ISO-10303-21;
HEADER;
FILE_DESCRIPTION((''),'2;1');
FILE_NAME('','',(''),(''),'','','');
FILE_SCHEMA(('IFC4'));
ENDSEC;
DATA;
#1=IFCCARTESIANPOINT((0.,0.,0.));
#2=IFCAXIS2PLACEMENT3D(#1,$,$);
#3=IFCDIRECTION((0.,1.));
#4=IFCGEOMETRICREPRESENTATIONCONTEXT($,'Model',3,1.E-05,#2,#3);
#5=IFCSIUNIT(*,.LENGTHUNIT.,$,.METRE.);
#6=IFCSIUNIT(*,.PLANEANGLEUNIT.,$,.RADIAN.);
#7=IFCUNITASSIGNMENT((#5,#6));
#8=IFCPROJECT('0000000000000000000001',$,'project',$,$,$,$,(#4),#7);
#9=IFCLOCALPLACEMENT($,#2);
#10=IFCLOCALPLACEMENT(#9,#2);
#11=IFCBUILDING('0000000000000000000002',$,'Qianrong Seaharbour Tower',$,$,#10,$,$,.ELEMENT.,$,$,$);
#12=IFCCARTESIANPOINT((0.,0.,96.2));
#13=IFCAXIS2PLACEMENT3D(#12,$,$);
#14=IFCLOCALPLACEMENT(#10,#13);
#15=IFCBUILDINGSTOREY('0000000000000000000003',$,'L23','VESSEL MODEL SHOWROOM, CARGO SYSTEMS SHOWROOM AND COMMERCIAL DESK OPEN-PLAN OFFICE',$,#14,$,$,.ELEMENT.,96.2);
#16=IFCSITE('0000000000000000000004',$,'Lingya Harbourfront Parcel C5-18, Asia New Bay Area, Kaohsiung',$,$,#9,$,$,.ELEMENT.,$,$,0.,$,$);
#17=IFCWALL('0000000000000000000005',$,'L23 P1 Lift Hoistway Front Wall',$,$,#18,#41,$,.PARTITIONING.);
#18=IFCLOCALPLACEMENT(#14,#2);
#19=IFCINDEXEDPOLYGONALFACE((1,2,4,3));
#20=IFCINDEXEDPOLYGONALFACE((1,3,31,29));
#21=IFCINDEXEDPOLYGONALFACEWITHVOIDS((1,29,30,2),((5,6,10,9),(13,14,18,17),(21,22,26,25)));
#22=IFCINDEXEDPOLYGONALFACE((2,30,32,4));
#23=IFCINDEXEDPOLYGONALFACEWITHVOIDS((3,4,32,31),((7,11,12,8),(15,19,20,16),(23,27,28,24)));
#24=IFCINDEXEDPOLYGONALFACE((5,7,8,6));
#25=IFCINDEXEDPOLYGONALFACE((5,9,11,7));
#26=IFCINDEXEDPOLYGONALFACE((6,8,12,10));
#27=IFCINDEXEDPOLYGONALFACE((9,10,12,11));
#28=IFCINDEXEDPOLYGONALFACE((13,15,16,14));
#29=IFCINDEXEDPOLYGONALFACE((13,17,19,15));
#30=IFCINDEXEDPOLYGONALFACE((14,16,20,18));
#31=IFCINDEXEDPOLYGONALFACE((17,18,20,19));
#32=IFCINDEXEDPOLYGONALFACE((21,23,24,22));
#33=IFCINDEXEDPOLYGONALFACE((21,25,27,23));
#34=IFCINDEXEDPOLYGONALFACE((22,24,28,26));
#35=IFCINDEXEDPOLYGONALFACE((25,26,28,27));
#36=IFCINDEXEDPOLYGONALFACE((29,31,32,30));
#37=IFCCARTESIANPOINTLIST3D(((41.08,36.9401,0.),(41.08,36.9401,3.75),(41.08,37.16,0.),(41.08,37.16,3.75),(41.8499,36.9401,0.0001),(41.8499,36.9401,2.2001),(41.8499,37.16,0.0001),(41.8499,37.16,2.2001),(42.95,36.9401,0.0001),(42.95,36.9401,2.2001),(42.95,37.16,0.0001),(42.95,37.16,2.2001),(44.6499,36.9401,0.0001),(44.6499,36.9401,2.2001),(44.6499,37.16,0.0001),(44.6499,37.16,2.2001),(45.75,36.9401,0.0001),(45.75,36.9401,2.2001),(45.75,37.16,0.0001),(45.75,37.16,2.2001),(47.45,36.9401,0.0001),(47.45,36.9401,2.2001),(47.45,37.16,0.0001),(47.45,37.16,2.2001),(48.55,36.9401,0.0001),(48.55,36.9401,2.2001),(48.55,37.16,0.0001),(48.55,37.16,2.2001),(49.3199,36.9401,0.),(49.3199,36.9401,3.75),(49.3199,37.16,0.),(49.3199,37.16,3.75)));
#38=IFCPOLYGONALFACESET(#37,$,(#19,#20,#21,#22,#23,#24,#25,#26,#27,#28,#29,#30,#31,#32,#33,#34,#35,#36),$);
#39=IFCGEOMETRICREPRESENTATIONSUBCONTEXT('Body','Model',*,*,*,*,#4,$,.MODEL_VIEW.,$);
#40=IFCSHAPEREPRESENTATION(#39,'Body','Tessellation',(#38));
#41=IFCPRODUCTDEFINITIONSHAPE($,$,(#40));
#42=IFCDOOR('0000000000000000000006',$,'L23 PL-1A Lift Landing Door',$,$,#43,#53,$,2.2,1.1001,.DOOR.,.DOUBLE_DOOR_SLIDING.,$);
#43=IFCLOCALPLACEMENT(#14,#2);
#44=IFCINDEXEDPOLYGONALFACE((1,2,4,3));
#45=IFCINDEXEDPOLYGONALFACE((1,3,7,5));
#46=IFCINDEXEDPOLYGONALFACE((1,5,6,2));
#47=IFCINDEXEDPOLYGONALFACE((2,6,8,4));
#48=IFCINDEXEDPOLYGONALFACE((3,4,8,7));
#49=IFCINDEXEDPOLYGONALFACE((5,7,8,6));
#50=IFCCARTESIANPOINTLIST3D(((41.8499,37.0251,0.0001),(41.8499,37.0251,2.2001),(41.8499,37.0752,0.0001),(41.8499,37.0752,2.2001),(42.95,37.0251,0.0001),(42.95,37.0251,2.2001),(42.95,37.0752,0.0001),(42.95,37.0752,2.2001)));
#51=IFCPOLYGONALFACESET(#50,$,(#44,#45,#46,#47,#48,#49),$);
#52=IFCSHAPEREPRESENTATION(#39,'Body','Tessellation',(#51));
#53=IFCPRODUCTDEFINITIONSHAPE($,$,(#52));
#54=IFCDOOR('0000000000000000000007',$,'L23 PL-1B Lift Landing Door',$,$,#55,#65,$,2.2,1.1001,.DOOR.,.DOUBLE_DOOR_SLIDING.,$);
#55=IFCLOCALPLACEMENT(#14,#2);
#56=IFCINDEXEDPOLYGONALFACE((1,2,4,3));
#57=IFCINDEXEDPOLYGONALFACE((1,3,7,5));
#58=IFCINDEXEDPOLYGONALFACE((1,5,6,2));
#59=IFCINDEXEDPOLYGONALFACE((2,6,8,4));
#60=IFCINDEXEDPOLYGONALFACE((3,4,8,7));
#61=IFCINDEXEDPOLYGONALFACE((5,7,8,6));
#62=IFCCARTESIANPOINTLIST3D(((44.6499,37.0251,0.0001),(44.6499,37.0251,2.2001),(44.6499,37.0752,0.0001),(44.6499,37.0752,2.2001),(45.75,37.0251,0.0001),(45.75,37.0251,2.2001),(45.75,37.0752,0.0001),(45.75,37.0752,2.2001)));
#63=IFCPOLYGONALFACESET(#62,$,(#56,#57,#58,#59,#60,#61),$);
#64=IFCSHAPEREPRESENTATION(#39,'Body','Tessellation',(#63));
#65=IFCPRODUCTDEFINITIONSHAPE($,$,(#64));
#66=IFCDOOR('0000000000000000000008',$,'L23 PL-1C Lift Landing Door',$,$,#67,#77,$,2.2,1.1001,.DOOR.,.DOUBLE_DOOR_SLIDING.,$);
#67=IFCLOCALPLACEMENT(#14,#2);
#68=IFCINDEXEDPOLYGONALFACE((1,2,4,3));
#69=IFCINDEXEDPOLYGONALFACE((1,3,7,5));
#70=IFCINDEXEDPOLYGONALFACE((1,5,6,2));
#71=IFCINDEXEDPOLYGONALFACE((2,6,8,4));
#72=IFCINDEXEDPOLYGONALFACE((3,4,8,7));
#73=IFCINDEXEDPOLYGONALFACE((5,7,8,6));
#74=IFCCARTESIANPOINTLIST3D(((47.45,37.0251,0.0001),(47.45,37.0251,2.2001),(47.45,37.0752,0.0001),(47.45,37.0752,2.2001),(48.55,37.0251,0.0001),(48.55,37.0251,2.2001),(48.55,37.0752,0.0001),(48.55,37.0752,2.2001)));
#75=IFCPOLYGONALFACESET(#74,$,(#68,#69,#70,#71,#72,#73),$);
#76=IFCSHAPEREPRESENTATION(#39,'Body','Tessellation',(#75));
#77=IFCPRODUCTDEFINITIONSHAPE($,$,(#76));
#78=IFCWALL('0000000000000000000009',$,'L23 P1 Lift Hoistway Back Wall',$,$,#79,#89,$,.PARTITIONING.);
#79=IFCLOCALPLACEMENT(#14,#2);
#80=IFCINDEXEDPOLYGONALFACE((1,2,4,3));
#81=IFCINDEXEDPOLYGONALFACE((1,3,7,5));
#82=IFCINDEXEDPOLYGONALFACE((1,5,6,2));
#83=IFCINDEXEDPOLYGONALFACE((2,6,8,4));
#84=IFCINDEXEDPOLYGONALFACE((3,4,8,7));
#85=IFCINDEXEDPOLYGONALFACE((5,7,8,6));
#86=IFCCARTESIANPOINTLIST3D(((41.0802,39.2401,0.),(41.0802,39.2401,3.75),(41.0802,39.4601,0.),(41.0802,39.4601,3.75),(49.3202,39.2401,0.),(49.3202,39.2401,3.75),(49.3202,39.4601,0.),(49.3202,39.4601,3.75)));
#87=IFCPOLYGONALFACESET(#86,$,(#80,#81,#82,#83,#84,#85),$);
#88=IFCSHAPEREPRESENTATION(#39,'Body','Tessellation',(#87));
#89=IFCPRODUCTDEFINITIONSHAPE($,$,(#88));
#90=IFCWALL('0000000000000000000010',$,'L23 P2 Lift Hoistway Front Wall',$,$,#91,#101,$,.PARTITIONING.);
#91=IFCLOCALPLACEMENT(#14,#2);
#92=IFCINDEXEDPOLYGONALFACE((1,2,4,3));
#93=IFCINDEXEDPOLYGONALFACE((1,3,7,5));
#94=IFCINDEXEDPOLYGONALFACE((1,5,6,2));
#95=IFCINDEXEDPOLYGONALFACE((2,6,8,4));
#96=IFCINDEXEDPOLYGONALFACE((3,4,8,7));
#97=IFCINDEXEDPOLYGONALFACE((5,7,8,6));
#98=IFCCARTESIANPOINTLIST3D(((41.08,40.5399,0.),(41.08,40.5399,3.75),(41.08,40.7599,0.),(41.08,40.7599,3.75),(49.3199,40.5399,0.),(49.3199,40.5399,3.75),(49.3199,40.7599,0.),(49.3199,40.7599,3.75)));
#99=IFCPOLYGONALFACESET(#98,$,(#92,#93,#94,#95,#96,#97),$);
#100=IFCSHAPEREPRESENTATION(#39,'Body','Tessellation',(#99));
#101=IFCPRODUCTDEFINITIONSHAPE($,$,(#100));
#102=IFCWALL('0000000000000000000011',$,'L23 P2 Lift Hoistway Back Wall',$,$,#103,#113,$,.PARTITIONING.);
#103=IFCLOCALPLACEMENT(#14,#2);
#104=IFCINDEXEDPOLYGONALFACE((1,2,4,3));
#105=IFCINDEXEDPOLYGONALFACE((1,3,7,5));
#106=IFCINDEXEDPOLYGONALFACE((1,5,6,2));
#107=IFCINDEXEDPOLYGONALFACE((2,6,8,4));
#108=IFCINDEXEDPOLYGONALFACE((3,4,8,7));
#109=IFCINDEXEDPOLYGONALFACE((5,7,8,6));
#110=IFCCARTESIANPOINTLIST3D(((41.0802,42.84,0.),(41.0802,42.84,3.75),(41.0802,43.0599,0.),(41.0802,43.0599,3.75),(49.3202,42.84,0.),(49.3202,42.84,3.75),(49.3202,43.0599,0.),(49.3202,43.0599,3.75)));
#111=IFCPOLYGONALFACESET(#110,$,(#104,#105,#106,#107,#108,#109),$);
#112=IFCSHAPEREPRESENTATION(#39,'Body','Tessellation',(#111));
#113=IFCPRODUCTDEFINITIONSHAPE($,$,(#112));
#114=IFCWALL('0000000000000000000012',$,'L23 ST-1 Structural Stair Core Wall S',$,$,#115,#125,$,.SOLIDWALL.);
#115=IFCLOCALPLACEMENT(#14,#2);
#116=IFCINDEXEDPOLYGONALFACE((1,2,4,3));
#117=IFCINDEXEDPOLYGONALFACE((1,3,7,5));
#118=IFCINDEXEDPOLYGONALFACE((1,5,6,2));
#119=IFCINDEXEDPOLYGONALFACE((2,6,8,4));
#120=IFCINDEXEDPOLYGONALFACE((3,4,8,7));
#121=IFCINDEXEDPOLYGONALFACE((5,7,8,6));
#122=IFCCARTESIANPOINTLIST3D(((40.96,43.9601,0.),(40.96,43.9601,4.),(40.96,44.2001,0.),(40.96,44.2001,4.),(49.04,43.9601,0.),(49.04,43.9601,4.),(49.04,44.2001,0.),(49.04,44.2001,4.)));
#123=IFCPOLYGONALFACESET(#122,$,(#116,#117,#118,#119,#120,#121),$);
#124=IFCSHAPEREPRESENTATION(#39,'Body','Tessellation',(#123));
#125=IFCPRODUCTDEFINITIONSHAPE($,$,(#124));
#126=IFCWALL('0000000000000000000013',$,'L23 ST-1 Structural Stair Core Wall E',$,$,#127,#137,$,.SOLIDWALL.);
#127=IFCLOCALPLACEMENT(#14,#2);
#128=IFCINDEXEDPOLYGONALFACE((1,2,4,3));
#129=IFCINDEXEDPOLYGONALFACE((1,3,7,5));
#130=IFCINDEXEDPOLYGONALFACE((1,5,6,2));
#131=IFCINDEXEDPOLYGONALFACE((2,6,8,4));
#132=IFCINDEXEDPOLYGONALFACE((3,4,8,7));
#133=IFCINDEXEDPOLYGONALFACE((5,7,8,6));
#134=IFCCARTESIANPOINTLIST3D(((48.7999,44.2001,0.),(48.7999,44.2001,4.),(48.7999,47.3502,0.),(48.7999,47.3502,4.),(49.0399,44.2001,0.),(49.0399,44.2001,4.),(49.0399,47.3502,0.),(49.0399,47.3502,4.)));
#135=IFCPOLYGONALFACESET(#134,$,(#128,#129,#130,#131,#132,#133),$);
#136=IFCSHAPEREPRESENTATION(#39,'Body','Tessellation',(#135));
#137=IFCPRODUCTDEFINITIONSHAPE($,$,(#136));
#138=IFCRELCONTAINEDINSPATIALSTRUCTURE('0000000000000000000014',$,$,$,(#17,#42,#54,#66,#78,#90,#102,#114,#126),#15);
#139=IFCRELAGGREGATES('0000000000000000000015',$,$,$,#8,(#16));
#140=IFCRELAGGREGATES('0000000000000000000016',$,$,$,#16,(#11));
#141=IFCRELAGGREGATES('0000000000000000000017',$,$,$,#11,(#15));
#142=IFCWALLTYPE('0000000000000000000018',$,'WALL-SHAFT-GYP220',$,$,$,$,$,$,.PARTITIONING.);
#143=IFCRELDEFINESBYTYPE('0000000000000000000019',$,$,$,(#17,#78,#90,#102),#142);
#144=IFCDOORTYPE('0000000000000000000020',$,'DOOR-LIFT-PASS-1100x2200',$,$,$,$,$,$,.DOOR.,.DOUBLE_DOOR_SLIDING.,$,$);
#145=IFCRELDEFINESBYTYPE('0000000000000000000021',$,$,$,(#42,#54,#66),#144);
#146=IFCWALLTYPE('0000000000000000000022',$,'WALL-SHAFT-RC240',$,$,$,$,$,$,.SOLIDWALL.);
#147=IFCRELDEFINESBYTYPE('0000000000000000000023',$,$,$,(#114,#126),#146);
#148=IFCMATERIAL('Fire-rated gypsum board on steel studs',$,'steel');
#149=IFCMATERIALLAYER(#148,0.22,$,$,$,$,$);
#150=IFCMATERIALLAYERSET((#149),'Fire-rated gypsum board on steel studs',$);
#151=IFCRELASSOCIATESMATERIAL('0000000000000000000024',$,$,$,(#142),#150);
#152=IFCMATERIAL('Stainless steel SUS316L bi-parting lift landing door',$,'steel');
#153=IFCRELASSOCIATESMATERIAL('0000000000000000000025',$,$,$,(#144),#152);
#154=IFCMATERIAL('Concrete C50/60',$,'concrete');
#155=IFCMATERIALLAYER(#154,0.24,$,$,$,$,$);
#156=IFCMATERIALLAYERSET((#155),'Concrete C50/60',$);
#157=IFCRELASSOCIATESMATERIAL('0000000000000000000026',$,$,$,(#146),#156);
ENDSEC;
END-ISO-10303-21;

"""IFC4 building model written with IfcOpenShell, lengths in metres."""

from ifc_helpers import new_model, si_unit, direction, frame, frame_2d, origin, place, context, subcontext, project, spatial, rectangle, extrude, material, layer, layer_set, type_object, element, fill, save


model = new_model("IFC4")

# Units and contexts
model_context = context("Model", 3, precision=1e-05, world=origin(), true_north=direction((0.0, 1.0)))
body_context = subcontext(model_context, "Body", "Model", "MODEL_VIEW")
ifc_project = project(units=[si_unit("LENGTHUNIT", "METRE"), si_unit("PLANEANGLEUNIT", "RADIAN")], contexts=[model_context])

# Site, building, storey
site_placement = place(None, origin())
site = spatial("IfcSite", under=ifc_project, at=site_placement, Name="Lingya Harbourfront Parcel C5-18, Asia New Bay Area, Kaohsiung", CompositionType="ELEMENT", RefElevation=0.0)
building_placement = place(site_placement, origin())
building = spatial("IfcBuilding", under=site, at=building_placement, Name="Qianrong Seaharbour Tower", CompositionType="ELEMENT")
storey_placement = place(building_placement, frame((0.0, 0.0, 96.2)))
storey = spatial("IfcBuildingStorey", under=building, at=storey_placement, Name="L23", Description="VESSEL MODEL SHOWROOM, CARGO SYSTEMS SHOWROOM AND COMMERCIAL DESK OPEN-PLAN OFFICE", CompositionType="ELEMENT", Elevation=96.2)

# Shared definitions
ifc_material_1 = material(Name="Fire-rated gypsum board on steel studs", Category="steel")

# Wall, openings, doors
ifc_layer_1 = layer(ifc_material_1, 0.22)
ifc_layer_set_1 = layer_set([ifc_layer_1], Name="Fire-rated gypsum board on steel studs")
wall_type_1 = type_object("IfcWallType", Name="WALL-SHAFT-GYP220", PredefinedType="PARTITIONING", material=ifc_layer_set_1)
wall_1_placement = place(storey_placement, frame((49.3201, 37.05, 0.0), z_axis=(0.0, 0.0, 1.0), x_axis=(-1.0, 0.0, 0.0)))
wall_1 = element("IfcWall", 1, at=wall_1_placement, inside=storey, type_object=wall_type_1, Name="L23 P1 Lift Hoistway Front Wall", PredefinedType="PARTITIONING", context=body_context, shape_type="SweptSolid", body=[
    extrude(rectangle(XDim=8.24, YDim=0.22, at=frame_2d((4.1201, 0.0))), origin(), (0.0, 0.0, 1.0), 3.75),
])
opening_1_placement = place(wall_1_placement, frame((6.3701, 0.0, 0.0)))
opening_1 = element("IfcOpeningElement", 2, at=opening_1_placement, cuts=wall_1, PredefinedType="OPENING", context=body_context, shape_type="SweptSolid", body=[
    extrude(rectangle(XDim=1.1001, YDim=2.2, at=frame_2d((0.55, 1.1001))), frame((0.0, 0.1201, 0.0), z_axis=(0.0, -1.0, 0.0), x_axis=(1.0, 0.0, 0.0)), (0.0, 0.0, 1.0), 0.24),
])
opening_2_placement = place(wall_1_placement, frame((3.5701, 0.0, 0.0)))
opening_2 = element("IfcOpeningElement", 3, at=opening_2_placement, cuts=wall_1, PredefinedType="OPENING", context=body_context, shape_type="SweptSolid", body=[
    extrude(rectangle(XDim=1.1001, YDim=2.2, at=frame_2d((0.55, 1.1001))), frame((0.0, 0.1201, 0.0), z_axis=(0.0, -1.0, 0.0), x_axis=(1.0, 0.0, 0.0)), (0.0, 0.0, 1.0), 0.24),
])
opening_3_placement = place(wall_1_placement, frame((0.77, 0.0, 0.0)))
opening_3 = element("IfcOpeningElement", 4, at=opening_3_placement, cuts=wall_1, PredefinedType="OPENING", context=body_context, shape_type="SweptSolid", body=[
    extrude(rectangle(XDim=1.1001, YDim=2.2, at=frame_2d((0.55, 1.1001))), frame((0.0, 0.1201, 0.0), z_axis=(0.0, -1.0, 0.0), x_axis=(1.0, 0.0, 0.0)), (0.0, 0.0, 1.0), 0.24),
])
ifc_material_2 = material(Name="Stainless steel SUS316L bi-parting lift landing door", Category="steel")
door_type = type_object("IfcDoorType", Name="DOOR-LIFT-PASS-1100x2200", OperationType="DOUBLE_DOOR_SLIDING", PredefinedType="DOOR", material=ifc_material_2)
door_1_placement = place(opening_1_placement, origin())
door_1 = element("IfcDoor", 5, at=door_1_placement, inside=storey, type_object=door_type, Name="L23 PL-1A Lift Landing Door", OperationType="DOUBLE_DOOR_SLIDING", OverallHeight=2.2, OverallWidth=1.1001, PredefinedType="DOOR", context=body_context, shape_type="SweptSolid", body=[
    extrude(rectangle(XDim=1.1001, YDim=2.2, at=frame_2d((0.55, 1.1001))), frame((0.0, 0.0249, 0.0), z_axis=(0.0, -1.0, 0.0), x_axis=(1.0, 0.0, 0.0)), (0.0, 0.0, 1.0), 0.05),
])
fill(opening_1, door_1)
door_2_placement = place(opening_2_placement, origin())
door_2 = element("IfcDoor", 6, at=door_2_placement, inside=storey, type_object=door_type, Name="L23 PL-1B Lift Landing Door", OperationType="DOUBLE_DOOR_SLIDING", OverallHeight=2.2, OverallWidth=1.1001, PredefinedType="DOOR", context=body_context, shape_type="SweptSolid", body=[
    extrude(rectangle(XDim=1.1001, YDim=2.2, at=frame_2d((0.55, 1.1001))), frame((0.0, 0.0249, 0.0), z_axis=(0.0, -1.0, 0.0), x_axis=(1.0, 0.0, 0.0)), (0.0, 0.0, 1.0), 0.05),
])
fill(opening_2, door_2)
door_3_placement = place(opening_3_placement, origin())
door_3 = element("IfcDoor", 7, at=door_3_placement, inside=storey, type_object=door_type, Name="L23 PL-1C Lift Landing Door", OperationType="DOUBLE_DOOR_SLIDING", OverallHeight=2.2, OverallWidth=1.1001, PredefinedType="DOOR", context=body_context, shape_type="SweptSolid", body=[
    extrude(rectangle(XDim=1.1001, YDim=2.2, at=frame_2d((0.55, 1.1001))), frame((0.0, 0.0249, 0.0), z_axis=(0.0, -1.0, 0.0), x_axis=(1.0, 0.0, 0.0)), (0.0, 0.0, 1.0), 0.05),
])
fill(opening_3, door_3)

# Walls
for number, where, z_axis, x_axis, name in (
    (8, (41.0801, 39.3501, 0.0), (0.0, 0.0, 1.0), (1.0, 0.0, 0.0), "L23 P1 Lift Hoistway Back Wall"),
    (9, (49.3201, 40.6499, 0.0), (0.0, 0.0, 1.0), (-1.0, 0.0, 0.0), "L23 P2 Lift Hoistway Front Wall"),
    (10, (41.0801, 42.95, 0.0), (0.0, 0.0, 1.0), (1.0, 0.0, 0.0), "L23 P2 Lift Hoistway Back Wall"),
):
    element("IfcWall", number, at=place(storey_placement, frame(where, z_axis=z_axis, x_axis=x_axis)), inside=storey, type_object=wall_type_1, Name=name, PredefinedType="PARTITIONING", context=body_context, shape_type="SweptSolid", body=[
        extrude(rectangle(XDim=8.24, YDim=0.22, at=frame_2d((4.1201, 0.0))), origin(), (0.0, 0.0, 1.0), 3.75),
    ])
ifc_material_3 = material(Name="Concrete C50/60", Category="concrete")
ifc_layer_2 = layer(ifc_material_3, 0.24)
ifc_layer_set_2 = layer_set([ifc_layer_2], Name="Concrete C50/60")
wall_type_2 = type_object("IfcWallType", Name="WALL-SHAFT-RC240", PredefinedType="SOLIDWALL", material=ifc_layer_set_2)
wall_2_placement = place(storey_placement, frame((49.04, 44.0801, 0.0), z_axis=(0.0, 0.0, 1.0), x_axis=(-1.0, 0.0, 0.0)))
element("IfcWall", 11, at=wall_2_placement, inside=storey, type_object=wall_type_2, Name="L23 ST-1 Structural Stair Core Wall S", PredefinedType="SOLIDWALL", context=body_context, shape_type="SweptSolid", body=[
    extrude(rectangle(XDim=8.0801, YDim=0.24, at=frame_2d((4.04, 0.0))), origin(), (0.0, 0.0, 1.0), 4.0),
])
wall_3_placement = place(storey_placement, frame((48.9199, 44.2, 0.0), z_axis=(0.0, 0.0, 1.0), x_axis=(0.0, 1.0, 0.0)))
element("IfcWall", 12, at=wall_3_placement, inside=storey, type_object=wall_type_2, Name="L23 ST-1 Structural Stair Core Wall E", PredefinedType="SOLIDWALL", context=body_context, shape_type="SweptSolid", body=[
    extrude(rectangle(XDim=3.1501, YDim=0.24, at=frame_2d((1.5752, 0.0))), origin(), (0.0, 0.0, 1.0), 4.0),
])

save(model, "model.ifc")
